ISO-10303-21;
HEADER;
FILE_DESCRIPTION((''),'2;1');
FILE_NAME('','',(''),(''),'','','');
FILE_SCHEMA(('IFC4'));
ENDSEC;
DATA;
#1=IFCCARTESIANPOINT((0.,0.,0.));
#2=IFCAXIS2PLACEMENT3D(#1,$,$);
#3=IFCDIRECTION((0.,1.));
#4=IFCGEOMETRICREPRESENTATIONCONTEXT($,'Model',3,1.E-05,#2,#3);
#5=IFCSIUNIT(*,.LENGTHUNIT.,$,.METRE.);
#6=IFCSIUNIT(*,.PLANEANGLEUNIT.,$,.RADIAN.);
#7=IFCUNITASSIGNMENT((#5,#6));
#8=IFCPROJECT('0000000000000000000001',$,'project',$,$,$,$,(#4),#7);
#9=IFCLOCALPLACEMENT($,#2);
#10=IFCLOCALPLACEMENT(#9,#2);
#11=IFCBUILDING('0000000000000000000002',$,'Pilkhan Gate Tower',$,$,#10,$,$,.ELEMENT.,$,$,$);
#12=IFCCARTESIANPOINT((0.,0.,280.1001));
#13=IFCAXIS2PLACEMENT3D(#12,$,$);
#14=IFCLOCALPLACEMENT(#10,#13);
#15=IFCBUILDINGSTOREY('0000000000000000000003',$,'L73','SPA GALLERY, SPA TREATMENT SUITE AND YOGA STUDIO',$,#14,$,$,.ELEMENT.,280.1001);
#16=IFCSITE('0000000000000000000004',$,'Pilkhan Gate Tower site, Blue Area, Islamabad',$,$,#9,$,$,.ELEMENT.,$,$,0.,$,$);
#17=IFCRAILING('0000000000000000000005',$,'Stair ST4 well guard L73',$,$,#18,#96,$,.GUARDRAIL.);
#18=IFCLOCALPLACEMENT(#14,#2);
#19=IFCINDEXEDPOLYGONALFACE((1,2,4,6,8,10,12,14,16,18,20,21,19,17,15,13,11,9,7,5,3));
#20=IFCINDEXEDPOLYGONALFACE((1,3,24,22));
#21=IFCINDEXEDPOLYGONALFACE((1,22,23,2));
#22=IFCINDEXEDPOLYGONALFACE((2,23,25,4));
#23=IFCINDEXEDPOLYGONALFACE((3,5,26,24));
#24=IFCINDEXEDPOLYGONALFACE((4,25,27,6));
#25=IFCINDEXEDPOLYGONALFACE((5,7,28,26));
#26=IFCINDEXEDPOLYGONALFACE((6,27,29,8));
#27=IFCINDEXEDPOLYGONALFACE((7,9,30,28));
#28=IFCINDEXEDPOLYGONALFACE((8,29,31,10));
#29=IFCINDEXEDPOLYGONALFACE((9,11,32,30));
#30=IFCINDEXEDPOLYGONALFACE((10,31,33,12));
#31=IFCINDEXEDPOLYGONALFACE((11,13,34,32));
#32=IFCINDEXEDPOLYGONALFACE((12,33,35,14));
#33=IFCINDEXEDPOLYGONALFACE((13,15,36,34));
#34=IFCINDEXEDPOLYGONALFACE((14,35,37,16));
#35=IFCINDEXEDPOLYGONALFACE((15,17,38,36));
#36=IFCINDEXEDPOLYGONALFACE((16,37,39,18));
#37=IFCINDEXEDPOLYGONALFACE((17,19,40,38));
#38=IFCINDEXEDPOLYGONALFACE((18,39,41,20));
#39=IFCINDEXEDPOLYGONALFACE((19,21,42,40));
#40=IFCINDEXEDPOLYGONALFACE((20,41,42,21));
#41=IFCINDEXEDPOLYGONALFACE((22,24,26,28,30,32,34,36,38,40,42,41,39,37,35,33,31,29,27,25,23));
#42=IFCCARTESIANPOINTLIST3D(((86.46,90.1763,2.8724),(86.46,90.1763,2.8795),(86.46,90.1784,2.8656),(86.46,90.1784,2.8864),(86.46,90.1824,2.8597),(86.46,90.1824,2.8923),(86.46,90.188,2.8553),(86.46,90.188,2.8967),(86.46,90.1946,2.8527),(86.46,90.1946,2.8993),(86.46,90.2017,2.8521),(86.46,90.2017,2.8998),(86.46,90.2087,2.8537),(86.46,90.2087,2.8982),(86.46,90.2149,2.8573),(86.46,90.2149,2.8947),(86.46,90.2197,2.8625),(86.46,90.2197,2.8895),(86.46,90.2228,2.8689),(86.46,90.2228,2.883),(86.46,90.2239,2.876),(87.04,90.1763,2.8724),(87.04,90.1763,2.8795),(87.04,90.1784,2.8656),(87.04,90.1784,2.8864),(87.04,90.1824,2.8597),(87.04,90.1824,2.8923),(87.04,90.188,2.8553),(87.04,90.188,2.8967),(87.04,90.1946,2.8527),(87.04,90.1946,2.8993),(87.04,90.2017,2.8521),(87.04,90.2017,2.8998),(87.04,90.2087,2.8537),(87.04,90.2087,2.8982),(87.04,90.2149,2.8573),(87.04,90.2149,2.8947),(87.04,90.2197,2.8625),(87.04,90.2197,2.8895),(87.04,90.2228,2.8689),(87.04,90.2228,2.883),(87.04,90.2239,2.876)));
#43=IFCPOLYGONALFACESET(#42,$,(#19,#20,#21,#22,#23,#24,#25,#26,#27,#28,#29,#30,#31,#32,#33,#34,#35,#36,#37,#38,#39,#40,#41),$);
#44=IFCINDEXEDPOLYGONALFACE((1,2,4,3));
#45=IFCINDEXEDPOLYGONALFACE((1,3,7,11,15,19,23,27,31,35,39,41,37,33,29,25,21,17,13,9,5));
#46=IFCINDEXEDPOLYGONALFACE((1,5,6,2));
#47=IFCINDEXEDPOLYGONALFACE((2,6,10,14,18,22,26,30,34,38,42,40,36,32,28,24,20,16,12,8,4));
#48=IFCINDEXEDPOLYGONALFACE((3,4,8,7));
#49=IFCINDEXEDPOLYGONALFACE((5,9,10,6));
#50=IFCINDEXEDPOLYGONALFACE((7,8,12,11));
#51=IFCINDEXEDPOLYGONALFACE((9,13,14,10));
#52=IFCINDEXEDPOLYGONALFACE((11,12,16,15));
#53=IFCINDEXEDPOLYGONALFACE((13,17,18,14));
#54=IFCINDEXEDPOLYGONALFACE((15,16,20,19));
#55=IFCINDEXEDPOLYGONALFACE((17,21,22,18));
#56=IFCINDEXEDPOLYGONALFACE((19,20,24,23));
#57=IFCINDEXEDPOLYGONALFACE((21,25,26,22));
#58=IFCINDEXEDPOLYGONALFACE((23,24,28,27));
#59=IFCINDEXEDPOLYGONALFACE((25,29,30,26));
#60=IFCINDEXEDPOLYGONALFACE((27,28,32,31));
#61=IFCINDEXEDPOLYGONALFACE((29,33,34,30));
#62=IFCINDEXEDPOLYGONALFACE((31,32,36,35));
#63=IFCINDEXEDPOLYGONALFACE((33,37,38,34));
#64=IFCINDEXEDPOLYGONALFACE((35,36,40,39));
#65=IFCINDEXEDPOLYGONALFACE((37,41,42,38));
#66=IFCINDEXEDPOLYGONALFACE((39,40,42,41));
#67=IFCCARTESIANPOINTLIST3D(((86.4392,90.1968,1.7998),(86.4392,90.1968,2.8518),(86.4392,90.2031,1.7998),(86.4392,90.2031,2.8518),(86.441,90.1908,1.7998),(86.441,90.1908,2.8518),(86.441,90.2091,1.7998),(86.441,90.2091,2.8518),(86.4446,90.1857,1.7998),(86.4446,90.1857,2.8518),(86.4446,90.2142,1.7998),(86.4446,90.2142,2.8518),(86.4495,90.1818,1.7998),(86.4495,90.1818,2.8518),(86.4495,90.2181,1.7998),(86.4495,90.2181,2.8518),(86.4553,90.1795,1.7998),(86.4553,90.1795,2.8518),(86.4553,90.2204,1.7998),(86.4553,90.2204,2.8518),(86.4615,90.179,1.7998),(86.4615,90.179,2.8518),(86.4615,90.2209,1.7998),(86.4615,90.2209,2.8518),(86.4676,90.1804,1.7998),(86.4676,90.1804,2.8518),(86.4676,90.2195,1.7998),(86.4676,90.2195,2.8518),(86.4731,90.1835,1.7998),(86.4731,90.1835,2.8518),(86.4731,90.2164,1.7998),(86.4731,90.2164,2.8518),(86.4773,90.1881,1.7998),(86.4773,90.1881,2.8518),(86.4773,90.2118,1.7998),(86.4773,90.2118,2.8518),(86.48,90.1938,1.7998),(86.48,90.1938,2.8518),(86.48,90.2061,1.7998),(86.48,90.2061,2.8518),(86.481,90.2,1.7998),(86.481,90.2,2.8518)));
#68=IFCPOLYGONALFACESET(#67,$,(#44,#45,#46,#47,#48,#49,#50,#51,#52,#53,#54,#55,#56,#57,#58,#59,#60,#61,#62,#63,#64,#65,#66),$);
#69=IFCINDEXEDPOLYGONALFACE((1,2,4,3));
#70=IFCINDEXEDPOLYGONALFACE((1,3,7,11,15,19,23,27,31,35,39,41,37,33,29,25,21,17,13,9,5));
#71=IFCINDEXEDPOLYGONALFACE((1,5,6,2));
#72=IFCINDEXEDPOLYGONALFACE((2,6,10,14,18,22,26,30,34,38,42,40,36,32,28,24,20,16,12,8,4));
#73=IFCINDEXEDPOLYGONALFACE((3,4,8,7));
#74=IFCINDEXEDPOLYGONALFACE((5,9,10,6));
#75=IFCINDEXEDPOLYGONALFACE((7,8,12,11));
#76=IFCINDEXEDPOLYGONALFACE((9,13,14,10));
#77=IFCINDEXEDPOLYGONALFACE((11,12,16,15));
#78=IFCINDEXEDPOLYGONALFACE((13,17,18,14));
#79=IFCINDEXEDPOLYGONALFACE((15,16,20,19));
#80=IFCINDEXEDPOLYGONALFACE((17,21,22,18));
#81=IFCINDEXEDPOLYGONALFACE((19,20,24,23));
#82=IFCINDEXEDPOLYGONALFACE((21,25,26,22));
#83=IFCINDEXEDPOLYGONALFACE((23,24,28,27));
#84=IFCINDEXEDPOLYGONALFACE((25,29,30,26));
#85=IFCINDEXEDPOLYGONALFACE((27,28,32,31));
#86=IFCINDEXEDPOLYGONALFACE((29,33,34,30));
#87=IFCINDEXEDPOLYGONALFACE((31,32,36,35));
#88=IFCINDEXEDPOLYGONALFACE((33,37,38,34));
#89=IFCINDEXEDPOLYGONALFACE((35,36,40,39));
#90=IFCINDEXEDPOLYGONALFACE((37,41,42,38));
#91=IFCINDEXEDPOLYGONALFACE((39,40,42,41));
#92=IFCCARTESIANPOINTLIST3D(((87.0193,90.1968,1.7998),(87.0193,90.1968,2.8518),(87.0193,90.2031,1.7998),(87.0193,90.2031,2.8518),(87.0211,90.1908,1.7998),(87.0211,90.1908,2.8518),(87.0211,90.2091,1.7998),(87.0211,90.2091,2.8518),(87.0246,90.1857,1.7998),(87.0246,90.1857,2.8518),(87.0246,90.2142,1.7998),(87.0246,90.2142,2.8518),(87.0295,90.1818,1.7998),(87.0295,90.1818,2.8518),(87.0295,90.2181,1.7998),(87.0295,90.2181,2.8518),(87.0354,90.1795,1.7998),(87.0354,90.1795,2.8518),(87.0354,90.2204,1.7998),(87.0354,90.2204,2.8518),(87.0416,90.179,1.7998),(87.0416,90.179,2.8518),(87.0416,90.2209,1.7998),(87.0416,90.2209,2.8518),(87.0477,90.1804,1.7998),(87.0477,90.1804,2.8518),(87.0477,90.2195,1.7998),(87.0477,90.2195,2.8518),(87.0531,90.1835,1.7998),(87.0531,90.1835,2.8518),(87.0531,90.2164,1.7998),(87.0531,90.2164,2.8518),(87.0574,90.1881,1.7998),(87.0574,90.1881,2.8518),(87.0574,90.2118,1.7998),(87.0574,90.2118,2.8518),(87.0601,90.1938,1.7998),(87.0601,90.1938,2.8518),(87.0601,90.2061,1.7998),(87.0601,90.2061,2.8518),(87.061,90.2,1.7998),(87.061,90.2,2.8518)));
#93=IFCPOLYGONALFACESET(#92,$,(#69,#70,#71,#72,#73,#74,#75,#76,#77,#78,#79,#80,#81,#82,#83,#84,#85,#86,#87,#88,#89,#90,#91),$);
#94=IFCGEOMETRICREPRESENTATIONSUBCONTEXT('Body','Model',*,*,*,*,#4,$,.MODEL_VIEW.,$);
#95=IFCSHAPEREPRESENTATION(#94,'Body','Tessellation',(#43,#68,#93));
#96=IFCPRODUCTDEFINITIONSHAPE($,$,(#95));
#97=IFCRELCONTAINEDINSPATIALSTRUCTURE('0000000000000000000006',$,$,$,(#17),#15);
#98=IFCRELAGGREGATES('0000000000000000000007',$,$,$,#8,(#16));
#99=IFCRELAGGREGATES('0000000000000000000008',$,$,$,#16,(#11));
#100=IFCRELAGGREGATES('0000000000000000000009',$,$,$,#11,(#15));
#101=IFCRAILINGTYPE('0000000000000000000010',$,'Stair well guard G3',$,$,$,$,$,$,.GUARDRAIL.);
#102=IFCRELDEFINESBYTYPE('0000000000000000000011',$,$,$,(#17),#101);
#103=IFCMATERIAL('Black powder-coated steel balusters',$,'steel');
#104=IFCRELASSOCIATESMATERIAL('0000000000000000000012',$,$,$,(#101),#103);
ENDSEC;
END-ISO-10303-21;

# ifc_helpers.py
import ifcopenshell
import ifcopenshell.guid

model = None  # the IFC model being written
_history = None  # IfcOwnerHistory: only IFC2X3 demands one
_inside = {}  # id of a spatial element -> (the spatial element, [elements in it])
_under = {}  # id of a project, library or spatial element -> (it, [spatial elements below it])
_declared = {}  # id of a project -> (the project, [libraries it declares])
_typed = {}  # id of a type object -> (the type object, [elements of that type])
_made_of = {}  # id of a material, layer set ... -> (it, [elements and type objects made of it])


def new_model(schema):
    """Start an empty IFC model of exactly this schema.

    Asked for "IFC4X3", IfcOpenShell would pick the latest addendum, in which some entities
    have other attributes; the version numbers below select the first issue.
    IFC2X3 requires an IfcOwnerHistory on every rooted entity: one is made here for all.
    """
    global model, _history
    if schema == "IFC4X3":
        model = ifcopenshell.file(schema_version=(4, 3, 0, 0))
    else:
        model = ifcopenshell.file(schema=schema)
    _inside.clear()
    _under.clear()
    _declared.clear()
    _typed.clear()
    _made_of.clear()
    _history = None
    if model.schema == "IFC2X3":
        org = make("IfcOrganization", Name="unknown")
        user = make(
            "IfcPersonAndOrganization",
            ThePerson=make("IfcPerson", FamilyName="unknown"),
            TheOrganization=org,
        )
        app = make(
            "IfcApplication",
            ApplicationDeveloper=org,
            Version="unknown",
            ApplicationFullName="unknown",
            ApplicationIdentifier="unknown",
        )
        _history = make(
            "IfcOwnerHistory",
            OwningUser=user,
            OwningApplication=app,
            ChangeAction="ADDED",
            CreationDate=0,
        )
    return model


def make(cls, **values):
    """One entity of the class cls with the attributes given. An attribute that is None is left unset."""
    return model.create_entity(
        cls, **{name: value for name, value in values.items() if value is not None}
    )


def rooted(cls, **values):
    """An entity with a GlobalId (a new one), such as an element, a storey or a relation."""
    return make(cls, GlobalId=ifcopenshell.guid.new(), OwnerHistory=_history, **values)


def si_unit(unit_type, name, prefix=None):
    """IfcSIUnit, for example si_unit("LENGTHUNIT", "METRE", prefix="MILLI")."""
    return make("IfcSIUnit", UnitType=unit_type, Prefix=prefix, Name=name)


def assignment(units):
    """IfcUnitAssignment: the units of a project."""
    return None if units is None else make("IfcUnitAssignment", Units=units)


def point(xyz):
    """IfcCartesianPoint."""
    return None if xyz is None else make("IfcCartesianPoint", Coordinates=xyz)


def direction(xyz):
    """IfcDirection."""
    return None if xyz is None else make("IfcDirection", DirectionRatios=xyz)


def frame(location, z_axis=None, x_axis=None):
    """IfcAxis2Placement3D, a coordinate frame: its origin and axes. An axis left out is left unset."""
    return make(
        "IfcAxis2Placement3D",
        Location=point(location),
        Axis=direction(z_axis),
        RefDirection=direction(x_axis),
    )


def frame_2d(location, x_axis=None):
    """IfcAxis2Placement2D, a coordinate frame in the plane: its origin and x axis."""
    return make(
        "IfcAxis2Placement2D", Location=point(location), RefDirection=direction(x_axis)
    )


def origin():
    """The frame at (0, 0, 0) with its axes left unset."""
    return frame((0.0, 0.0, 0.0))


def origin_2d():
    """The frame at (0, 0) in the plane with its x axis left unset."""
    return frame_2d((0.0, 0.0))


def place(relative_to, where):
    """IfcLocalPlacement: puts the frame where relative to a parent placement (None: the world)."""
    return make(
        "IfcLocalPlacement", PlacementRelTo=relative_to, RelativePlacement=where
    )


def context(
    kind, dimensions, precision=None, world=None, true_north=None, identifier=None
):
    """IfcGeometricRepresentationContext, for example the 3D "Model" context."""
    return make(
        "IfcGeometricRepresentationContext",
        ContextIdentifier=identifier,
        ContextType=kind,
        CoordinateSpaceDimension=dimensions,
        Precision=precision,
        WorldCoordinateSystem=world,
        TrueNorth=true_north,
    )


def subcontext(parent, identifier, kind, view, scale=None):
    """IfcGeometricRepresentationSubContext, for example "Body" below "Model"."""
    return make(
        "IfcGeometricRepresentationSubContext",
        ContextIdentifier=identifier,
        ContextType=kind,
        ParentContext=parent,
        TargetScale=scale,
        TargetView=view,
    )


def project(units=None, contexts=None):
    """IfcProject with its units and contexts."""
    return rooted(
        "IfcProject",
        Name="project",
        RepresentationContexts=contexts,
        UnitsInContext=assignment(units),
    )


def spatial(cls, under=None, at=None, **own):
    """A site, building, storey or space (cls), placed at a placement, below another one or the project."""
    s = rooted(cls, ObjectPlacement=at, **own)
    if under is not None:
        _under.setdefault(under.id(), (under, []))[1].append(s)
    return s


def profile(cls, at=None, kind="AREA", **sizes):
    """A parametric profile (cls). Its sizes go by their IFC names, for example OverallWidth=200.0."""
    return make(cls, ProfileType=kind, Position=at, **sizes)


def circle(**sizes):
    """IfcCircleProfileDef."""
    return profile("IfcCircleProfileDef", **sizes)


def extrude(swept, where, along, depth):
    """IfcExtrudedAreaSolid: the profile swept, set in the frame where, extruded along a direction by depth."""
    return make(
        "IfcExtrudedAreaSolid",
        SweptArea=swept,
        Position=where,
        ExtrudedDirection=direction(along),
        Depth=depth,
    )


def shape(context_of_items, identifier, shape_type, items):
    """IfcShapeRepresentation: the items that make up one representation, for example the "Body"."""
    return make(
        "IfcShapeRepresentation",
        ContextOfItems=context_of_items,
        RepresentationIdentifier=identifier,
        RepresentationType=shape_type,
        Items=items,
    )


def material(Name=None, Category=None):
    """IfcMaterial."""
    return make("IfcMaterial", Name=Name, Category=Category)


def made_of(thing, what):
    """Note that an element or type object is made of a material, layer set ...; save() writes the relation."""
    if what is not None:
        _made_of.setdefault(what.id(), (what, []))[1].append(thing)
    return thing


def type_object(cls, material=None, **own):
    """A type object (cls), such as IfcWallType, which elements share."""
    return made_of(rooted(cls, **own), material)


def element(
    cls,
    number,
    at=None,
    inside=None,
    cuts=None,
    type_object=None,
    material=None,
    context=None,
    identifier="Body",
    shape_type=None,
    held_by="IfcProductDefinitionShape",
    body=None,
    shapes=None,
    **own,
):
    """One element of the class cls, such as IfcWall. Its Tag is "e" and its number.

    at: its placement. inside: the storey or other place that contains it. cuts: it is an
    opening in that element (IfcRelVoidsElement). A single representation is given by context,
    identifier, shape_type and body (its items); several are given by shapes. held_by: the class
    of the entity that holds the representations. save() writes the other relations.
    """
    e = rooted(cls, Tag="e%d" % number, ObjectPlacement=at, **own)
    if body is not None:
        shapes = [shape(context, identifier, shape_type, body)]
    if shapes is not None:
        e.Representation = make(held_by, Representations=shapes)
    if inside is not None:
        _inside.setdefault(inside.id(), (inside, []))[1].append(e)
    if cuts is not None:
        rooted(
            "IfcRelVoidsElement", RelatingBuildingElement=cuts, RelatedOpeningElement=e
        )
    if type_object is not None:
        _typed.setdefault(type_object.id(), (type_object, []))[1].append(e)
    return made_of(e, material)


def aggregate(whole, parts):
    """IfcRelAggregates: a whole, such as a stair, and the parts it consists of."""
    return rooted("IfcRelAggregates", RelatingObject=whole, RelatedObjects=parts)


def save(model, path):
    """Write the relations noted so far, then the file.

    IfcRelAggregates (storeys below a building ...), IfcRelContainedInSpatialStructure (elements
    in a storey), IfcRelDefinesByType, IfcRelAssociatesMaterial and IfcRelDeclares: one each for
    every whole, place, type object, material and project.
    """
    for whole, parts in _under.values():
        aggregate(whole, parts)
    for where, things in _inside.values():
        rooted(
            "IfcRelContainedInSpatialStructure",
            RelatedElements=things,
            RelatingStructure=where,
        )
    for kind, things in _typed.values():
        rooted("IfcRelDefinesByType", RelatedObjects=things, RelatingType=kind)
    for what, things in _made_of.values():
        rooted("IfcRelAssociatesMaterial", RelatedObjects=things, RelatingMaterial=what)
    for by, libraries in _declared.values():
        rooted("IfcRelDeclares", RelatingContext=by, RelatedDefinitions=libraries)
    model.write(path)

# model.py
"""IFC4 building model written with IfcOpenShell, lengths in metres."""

from ifc_helpers import new_model, si_unit, direction, frame, origin, origin_2d, place, context, subcontext, project, spatial, circle, extrude, material, type_object, element, save


model = new_model("IFC4")

# Units and contexts
model_context = context("Model", 3, precision=1e-05, world=origin(), true_north=direction((0.0, 1.0)))
body_context = subcontext(model_context, "Body", "Model", "MODEL_VIEW")
ifc_project = project(units=[si_unit("LENGTHUNIT", "METRE"), si_unit("PLANEANGLEUNIT", "RADIAN")], contexts=[model_context])

# Site, building, storey
site_placement = place(None, origin())
site = spatial("IfcSite", under=ifc_project, at=site_placement, Name="Pilkhan Gate Tower site, Blue Area, Islamabad", CompositionType="ELEMENT", RefElevation=0.0)
building_placement = place(site_placement, origin())
building = spatial("IfcBuilding", under=site, at=building_placement, Name="Pilkhan Gate Tower", CompositionType="ELEMENT")
storey_placement = place(building_placement, frame((0.0, 0.0, 280.1001)))
storey = spatial("IfcBuildingStorey", under=building, at=storey_placement, Name="L73", Description="SPA GALLERY, SPA TREATMENT SUITE AND YOGA STUDIO", CompositionType="ELEMENT", Elevation=280.1001)

# Railing
ifc_material_1 = material(Name="Black powder-coated steel balusters", Category="steel")
railing_type_1 = type_object("IfcRailingType", Name="Stair well guard G3", PredefinedType="GUARDRAIL", material=ifc_material_1)
for number, where, name in (
    (1, (86.46, 90.2, 1.7998), "Stair ST4 well guard L73"),
):
    element("IfcRailing", number, at=place(storey_placement, frame(where)), inside=storey, type_object=railing_type_1, Name=name, PredefinedType="GUARDRAIL", context=body_context, shape_type="SweptSolid", body=[
        extrude(circle(Radius=0.0239, at=origin_2d()), frame((0.0, 0.0, 1.0762), z_axis=(1.0, 0.0, 0.0), x_axis=(0.0, 1.0, 0.0)), (0.0, 0.0, 1.0), 0.5801),
        extrude(circle(Radius=0.021, at=origin_2d()), origin(), (0.0, 0.0, 1.0), 1.052),
        extrude(circle(Radius=0.021, at=origin_2d()), frame((0.5801, 0.0, 0.0)), (0.0, 0.0, 1.0), 1.052),
    ])

save(model, "model.ifc")
